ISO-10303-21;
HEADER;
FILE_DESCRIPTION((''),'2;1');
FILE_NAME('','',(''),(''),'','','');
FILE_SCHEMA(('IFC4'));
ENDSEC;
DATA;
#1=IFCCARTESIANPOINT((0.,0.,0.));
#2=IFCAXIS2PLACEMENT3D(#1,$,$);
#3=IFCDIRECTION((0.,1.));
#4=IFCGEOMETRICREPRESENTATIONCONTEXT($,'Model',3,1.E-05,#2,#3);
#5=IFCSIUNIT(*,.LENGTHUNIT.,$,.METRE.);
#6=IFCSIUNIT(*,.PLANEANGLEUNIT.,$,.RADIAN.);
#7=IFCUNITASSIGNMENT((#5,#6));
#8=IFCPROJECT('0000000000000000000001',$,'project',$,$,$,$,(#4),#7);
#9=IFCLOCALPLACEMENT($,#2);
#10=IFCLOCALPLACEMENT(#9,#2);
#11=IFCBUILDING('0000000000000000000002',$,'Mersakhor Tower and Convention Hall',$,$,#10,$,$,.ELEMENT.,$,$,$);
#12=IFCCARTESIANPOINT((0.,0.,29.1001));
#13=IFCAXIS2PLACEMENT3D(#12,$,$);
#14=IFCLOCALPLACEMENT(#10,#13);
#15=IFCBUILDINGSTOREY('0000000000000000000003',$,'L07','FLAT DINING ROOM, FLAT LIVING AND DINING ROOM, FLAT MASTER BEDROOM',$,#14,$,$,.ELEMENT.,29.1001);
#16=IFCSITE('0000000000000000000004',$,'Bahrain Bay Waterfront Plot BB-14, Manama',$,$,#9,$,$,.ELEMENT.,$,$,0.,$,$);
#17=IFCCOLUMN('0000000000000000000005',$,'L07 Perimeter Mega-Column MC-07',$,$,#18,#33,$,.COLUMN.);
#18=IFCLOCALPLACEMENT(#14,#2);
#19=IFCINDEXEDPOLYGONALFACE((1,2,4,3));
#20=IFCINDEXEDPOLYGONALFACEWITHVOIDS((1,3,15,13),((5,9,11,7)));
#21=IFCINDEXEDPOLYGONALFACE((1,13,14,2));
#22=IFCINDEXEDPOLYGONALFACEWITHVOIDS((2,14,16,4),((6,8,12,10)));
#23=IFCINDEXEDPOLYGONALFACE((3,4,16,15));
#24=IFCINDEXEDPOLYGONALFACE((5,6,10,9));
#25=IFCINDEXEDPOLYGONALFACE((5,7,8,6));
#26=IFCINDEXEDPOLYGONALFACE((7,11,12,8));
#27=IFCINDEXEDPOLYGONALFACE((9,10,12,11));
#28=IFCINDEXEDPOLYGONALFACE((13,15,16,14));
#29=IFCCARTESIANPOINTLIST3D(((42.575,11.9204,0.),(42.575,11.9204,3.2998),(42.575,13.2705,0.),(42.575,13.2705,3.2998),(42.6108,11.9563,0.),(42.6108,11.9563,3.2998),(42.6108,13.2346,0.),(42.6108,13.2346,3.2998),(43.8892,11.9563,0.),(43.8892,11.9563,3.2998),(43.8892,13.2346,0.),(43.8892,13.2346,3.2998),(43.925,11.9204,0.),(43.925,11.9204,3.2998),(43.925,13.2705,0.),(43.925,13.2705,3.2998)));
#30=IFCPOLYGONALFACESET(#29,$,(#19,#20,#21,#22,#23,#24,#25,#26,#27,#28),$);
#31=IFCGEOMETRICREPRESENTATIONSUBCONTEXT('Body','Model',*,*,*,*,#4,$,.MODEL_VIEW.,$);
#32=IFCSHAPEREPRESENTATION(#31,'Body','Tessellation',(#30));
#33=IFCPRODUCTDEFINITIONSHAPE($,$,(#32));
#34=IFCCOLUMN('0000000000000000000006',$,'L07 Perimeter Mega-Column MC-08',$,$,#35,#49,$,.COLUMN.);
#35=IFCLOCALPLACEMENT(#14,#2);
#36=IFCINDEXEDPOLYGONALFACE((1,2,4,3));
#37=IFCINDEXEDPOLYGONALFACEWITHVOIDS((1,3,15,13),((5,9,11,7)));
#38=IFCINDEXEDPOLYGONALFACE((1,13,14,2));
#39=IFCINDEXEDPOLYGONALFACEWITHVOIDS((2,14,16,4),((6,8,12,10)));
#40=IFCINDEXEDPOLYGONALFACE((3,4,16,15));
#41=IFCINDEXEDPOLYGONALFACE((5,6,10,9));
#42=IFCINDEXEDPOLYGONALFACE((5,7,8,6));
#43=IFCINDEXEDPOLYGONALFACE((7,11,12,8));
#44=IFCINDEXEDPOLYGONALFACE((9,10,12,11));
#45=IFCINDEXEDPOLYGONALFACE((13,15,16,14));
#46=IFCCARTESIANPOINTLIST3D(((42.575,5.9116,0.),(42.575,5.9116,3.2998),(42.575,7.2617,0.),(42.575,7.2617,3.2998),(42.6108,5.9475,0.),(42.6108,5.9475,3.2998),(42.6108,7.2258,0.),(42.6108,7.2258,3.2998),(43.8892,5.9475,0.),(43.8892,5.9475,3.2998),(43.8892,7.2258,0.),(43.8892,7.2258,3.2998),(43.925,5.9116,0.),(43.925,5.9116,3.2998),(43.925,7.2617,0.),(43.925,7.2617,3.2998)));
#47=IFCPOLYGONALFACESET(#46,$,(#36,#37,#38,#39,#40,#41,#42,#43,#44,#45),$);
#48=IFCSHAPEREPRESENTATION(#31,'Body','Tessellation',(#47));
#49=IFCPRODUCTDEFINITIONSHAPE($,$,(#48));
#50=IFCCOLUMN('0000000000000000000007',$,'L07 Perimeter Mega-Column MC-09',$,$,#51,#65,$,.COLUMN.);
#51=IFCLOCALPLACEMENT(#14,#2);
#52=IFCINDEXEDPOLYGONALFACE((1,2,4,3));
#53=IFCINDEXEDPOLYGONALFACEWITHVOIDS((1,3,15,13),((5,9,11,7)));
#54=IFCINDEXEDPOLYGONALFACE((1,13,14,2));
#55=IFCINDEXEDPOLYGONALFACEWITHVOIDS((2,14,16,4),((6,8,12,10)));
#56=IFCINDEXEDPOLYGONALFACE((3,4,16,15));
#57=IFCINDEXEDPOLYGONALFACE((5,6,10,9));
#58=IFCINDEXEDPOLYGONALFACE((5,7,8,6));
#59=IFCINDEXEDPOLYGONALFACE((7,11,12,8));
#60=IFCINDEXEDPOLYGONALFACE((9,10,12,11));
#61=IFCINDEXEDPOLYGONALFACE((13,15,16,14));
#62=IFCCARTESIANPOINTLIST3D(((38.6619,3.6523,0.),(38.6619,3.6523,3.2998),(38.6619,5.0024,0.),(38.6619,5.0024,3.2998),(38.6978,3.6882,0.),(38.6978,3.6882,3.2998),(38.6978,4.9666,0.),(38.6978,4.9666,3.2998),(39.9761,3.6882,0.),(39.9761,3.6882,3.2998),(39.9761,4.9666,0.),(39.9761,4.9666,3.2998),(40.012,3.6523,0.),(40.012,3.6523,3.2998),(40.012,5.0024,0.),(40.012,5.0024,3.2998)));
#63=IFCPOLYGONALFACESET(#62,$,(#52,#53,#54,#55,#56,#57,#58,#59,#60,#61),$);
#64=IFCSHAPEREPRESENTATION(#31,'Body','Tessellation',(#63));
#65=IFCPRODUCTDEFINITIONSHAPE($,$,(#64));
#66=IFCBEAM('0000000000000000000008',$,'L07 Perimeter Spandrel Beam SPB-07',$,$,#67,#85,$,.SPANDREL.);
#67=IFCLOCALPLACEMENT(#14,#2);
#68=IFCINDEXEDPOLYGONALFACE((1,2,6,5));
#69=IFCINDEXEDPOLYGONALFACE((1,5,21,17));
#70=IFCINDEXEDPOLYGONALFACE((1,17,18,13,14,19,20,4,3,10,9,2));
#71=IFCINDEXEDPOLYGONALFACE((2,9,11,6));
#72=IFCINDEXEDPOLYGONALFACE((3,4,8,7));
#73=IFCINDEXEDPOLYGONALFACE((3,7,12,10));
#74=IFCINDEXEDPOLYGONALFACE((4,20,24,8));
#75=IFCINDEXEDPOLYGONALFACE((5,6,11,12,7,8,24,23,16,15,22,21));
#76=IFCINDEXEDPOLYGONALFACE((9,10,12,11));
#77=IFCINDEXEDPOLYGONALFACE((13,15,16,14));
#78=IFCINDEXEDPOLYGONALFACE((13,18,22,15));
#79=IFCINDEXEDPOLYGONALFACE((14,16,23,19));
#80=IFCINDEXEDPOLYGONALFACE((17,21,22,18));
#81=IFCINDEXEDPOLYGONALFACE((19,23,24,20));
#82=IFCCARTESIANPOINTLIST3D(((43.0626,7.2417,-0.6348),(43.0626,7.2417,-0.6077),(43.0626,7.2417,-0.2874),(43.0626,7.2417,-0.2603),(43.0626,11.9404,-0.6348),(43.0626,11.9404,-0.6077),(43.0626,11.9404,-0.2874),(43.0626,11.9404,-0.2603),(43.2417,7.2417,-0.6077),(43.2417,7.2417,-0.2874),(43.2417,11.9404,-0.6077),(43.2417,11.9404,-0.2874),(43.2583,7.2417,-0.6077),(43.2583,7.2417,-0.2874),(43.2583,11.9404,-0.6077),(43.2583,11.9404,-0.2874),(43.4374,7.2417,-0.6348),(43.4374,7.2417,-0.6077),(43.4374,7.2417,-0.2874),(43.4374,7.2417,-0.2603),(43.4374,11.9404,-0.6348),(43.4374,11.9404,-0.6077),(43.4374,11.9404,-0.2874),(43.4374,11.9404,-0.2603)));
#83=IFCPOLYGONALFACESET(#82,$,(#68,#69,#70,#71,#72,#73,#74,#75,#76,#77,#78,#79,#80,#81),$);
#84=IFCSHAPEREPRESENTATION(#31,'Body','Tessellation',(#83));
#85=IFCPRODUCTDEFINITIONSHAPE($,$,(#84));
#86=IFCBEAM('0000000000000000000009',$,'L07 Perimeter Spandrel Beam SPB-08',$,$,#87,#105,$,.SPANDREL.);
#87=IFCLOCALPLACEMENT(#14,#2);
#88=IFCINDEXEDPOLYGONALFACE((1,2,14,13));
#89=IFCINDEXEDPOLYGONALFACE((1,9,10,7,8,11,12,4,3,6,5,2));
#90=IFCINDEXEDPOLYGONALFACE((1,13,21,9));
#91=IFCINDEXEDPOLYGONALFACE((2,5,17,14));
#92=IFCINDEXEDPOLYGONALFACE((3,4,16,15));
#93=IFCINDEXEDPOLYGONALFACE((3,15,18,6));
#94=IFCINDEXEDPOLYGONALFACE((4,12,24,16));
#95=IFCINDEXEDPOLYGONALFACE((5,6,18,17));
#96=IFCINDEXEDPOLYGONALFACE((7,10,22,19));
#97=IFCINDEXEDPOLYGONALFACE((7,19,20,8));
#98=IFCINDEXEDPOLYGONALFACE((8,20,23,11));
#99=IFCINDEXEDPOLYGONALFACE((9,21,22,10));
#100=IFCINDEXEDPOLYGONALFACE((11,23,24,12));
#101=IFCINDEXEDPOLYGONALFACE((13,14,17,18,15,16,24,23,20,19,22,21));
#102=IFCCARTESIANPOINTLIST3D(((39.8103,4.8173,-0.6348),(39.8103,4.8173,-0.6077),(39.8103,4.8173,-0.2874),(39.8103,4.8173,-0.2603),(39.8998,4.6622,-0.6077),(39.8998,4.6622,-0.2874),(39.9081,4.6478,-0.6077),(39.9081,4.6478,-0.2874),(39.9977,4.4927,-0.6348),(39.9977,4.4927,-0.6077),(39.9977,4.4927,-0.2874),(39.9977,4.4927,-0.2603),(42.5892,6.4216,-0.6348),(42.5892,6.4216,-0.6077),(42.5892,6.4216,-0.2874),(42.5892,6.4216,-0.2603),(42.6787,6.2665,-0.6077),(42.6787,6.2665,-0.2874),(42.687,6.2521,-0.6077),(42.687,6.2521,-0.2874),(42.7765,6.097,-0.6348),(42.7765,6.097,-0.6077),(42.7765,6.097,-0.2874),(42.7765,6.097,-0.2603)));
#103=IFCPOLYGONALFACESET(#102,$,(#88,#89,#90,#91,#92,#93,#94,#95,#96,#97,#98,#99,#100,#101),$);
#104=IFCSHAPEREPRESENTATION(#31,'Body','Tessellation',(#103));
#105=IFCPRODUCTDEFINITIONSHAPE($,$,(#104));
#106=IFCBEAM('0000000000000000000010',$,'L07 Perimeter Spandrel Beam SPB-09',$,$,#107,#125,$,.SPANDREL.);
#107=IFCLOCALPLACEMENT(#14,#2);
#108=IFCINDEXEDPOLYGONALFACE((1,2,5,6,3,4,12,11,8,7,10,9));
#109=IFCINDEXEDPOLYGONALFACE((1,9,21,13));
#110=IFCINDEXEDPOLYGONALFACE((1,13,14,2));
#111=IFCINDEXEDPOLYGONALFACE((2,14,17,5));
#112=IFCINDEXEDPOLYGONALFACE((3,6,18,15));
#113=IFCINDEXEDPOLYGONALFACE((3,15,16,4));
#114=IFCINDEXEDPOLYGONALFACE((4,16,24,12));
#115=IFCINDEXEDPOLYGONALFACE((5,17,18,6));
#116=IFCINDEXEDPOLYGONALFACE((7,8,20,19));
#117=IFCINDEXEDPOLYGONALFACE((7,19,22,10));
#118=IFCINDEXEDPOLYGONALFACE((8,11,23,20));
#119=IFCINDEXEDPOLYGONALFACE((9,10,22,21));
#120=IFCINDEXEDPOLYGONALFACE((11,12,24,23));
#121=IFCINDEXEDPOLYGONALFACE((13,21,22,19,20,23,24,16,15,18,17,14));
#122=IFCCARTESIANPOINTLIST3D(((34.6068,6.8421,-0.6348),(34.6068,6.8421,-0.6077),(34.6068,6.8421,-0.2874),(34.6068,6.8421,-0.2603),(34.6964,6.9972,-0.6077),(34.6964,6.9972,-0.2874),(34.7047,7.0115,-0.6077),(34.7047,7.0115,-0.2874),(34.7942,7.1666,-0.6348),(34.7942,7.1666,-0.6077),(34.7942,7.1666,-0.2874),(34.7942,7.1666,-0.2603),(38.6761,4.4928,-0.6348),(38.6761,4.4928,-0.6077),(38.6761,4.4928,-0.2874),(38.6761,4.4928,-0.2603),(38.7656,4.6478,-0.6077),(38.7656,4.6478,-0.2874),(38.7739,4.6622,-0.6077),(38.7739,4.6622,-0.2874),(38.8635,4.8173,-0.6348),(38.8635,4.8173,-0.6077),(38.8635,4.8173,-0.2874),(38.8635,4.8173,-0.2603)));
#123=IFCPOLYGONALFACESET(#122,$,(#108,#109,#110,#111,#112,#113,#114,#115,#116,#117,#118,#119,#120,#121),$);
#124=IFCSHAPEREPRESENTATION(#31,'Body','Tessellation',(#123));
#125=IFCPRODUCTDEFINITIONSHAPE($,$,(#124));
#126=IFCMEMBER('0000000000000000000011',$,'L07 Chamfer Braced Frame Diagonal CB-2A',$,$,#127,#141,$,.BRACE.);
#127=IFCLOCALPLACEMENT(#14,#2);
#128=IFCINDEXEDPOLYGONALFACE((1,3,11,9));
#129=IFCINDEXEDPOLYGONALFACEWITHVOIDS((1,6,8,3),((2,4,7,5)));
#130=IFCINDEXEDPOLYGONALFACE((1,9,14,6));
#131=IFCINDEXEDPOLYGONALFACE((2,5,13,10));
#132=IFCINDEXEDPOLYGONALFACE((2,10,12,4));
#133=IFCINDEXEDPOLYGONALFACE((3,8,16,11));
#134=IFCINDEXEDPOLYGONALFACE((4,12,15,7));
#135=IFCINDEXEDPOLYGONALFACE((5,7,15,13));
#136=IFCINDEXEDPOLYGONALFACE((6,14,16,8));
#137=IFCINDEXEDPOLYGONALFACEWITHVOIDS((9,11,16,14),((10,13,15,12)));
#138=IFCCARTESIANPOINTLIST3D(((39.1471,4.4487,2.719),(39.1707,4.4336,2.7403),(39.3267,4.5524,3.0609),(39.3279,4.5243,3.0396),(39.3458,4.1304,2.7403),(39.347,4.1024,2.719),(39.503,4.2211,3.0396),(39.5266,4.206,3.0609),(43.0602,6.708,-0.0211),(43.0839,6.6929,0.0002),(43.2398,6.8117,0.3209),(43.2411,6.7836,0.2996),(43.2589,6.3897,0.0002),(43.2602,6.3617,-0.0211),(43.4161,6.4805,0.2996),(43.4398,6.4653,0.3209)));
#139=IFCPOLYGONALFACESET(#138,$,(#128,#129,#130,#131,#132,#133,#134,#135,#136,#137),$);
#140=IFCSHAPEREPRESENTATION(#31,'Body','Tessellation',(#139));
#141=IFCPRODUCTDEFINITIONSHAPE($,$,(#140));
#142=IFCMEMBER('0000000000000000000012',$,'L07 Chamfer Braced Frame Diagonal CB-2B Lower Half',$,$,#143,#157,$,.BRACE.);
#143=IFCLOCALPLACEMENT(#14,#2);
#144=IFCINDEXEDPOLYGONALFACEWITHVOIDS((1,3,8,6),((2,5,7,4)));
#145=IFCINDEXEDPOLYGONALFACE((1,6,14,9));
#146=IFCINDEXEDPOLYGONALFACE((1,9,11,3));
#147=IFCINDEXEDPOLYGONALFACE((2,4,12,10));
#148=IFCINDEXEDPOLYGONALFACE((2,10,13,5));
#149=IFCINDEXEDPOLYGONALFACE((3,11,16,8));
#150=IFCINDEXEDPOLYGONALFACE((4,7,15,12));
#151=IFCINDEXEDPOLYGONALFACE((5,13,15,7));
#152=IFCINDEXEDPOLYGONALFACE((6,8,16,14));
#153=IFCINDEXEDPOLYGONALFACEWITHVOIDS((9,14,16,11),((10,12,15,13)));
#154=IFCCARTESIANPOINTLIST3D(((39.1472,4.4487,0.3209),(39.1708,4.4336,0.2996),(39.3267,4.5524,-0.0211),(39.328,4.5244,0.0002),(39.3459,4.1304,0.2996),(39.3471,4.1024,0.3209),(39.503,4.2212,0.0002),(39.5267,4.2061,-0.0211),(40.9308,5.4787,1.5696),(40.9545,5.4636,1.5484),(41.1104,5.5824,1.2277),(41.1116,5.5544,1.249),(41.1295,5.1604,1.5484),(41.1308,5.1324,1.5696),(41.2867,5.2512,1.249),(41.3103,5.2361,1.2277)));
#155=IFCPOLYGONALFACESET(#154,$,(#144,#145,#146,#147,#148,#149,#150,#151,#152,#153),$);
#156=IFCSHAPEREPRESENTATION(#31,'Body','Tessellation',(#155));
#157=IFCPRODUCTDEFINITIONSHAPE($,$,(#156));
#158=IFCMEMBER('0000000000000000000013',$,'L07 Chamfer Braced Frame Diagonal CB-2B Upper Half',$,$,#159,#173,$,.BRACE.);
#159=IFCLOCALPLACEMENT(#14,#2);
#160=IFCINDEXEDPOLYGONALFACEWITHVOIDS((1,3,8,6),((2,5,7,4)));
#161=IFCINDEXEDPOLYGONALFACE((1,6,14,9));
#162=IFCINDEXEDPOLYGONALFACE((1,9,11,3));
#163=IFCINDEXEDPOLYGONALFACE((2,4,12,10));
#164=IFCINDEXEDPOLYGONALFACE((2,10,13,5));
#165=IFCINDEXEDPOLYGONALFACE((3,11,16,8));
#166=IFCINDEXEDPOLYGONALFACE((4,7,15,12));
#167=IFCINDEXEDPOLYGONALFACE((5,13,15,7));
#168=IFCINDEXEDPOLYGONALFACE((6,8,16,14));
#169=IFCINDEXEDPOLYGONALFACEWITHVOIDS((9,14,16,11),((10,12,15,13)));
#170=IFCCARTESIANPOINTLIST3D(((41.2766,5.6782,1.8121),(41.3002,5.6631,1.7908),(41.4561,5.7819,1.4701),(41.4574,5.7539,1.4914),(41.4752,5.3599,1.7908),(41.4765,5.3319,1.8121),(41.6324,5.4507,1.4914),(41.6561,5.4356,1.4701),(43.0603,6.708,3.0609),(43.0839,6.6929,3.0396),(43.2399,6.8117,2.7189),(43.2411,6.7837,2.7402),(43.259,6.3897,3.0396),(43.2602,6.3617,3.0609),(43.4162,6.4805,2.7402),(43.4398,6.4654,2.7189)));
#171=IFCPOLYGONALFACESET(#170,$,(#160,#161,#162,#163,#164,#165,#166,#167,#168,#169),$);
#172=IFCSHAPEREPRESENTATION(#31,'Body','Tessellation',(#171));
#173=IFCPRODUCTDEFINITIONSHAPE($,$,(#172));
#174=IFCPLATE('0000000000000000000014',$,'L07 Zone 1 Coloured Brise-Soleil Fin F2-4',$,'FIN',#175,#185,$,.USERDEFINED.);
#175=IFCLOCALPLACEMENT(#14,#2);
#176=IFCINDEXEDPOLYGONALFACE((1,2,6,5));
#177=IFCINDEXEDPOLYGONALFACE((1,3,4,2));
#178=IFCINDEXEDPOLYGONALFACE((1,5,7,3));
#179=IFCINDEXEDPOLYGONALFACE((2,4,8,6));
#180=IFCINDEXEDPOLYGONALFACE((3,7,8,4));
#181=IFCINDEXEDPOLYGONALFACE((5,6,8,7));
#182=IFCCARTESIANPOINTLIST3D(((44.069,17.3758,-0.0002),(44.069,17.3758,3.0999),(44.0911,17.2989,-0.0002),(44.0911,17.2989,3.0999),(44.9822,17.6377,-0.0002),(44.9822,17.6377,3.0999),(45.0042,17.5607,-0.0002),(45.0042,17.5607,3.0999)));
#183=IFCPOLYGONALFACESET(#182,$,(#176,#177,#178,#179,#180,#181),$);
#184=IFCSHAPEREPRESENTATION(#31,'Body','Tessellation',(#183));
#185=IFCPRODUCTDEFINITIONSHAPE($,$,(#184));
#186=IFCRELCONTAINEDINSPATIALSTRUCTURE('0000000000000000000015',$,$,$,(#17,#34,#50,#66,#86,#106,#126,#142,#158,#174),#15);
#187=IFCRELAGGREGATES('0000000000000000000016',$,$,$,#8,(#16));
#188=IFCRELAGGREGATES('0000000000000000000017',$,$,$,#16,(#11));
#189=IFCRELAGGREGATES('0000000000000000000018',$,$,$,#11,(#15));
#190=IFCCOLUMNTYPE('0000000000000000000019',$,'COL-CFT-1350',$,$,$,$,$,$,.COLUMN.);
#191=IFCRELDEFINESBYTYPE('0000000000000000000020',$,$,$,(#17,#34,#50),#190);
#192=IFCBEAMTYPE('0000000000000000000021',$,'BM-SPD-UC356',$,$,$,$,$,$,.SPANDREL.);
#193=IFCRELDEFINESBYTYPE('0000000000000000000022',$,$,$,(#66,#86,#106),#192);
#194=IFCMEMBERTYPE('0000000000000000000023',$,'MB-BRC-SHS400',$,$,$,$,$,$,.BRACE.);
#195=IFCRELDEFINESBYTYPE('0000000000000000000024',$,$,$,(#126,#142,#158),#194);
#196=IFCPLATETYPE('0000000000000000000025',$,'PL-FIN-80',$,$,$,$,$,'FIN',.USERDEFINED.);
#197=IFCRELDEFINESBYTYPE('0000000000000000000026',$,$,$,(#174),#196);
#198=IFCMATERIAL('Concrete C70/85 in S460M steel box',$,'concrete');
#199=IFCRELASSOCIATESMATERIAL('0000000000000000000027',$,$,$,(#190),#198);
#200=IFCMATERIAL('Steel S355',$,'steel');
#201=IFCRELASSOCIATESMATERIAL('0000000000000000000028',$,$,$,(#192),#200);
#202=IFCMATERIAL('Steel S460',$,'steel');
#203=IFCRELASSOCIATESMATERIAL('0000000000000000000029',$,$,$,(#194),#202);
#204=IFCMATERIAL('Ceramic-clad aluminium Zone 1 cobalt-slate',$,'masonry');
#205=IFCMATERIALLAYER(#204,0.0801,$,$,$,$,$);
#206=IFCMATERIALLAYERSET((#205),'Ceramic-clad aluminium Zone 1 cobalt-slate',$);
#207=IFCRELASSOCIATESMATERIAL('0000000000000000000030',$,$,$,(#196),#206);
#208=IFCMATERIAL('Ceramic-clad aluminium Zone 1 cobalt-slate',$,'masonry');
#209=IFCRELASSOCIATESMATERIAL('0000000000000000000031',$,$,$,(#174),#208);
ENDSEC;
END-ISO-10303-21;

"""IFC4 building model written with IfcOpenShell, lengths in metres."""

from ifc_helpers import new_model, si_unit, direction, frame, origin, origin_2d, place, context, subcontext, project, spatial, rectangle, hollow_rectangle, i_section, extrude, material, layer, layer_set, material_profile, profile_set, type_object, element, save


model = new_model("IFC4")

# Units and contexts
model_context = context("Model", 3, precision=1e-05, world=origin(), true_north=direction((0.0, 1.0)))
body_context = subcontext(model_context, "Body", "Model", "MODEL_VIEW")
ifc_project = project(units=[si_unit("LENGTHUNIT", "METRE"), si_unit("PLANEANGLEUNIT", "RADIAN")], contexts=[model_context])

# Site, building, storey
site_placement = place(None, origin())
site = spatial("IfcSite", under=ifc_project, at=site_placement, Name="Bahrain Bay Waterfront Plot BB-14, Manama", CompositionType="ELEMENT", RefElevation=0.0)
building_placement = place(site_placement, origin())
building = spatial("IfcBuilding", under=site, at=building_placement, Name="Mersakhor Tower and Convention Hall", CompositionType="ELEMENT")
storey_placement = place(building_placement, frame((0.0, 0.0, 29.1001)))
storey = spatial("IfcBuildingStorey", under=building, at=storey_placement, Name="L07", Description="FLAT DINING ROOM, FLAT LIVING AND DINING ROOM, FLAT MASTER BEDROOM", CompositionType="ELEMENT", Elevation=29.1001)

# Columns
ifc_material_1 = material(Name="Concrete C70/85 in S460M steel box", Category="concrete")
ifc_material_profile_1 = material_profile(ifc_material_1, hollow_rectangle(XDim=1.3501, YDim=1.3501, WallThickness=0.0359, at=origin_2d()), Name="SHS 1350x1350x36")
ifc_profile_set_1 = profile_set([ifc_material_profile_1], Name="Concrete C70/85 in S460M steel box")
column_type = type_object("IfcColumnType", Name="COL-CFT-1350", PredefinedType="COLUMN", material=ifc_profile_set_1)
for number, where, z_axis, x_axis, name in (
    (1, (43.25, 12.5955, 0.0), (0.0, 0.0, 1.0), (1.0, 0.0, 0.0), "L07 Perimeter Mega-Column MC-07"),
    (2, (43.25, 6.5867, 0.0), (0.0, 0.0, 1.0), (1.0, 0.0, 0.0), "L07 Perimeter Mega-Column MC-08"),
    (3, (39.3369, 4.3274, 0.0), (0.0, 0.0, 1.0), (1.0, 0.0, 0.0), "L07 Perimeter Mega-Column MC-09"),
):
    element("IfcColumn", number, at=place(storey_placement, frame(where, z_axis=z_axis, x_axis=x_axis)), inside=storey, type_object=column_type, Name=name, PredefinedType="COLUMN", context=body_context, shape_type="SweptSolid", body=[
        extrude(hollow_rectangle(XDim=1.3501, YDim=1.3501, WallThickness=0.0359, at=origin_2d()), origin(), (0.0, 0.0, 1.0), 3.2998),
    ])

# Beams
ifc_material_2 = material(Name="Steel S355", Category="steel")
ifc_material_profile_2 = material_profile(ifc_material_2, i_section(OverallWidth=0.3748, OverallDepth=0.3745, WebThickness=0.0166, FlangeThickness=0.0271, at=origin_2d()), Name="UC 356x368x202")
ifc_profile_set_2 = profile_set([ifc_material_profile_2], Name="Steel S355")
beam_type = type_object("IfcBeamType", Name="BM-SPD-UC356", PredefinedType="SPANDREL", material=ifc_profile_set_2)
beam_1_placement = place(storey_placement, frame((43.25, 11.9404, -0.4475), z_axis=(0.0, -1.0, 0.0), x_axis=(1.0, 0.0, 0.0)))
element("IfcBeam", 4, at=beam_1_placement, inside=storey, type_object=beam_type, Name="L07 Perimeter Spandrel Beam SPB-07", PredefinedType="SPANDREL", context=body_context, shape_type="SweptSolid", body=[
    extrude(i_section(OverallWidth=0.3748, OverallDepth=0.3745, WebThickness=0.0166, FlangeThickness=0.0271, at=origin_2d()), origin(), (0.0, 0.0, 1.0), 4.6987),
])
beam_2_placement = place(storey_placement, frame((42.6829, 6.2593, -0.4475), z_axis=(-0.866039, -0.499977, 0.0), x_axis=(0.499977, -0.866039, 0.0)))
element("IfcBeam", 5, at=beam_2_placement, inside=storey, type_object=beam_type, Name="L07 Perimeter Spandrel Beam SPB-08", PredefinedType="SPANDREL", context=body_context, shape_type="SweptSolid", body=[
    extrude(i_section(OverallWidth=0.3748, OverallDepth=0.3745, WebThickness=0.0166, FlangeThickness=0.0271, at=origin_2d()), origin(), (0.0, 0.0, 1.0), 3.2087),
])
beam_3_placement = place(storey_placement, frame((38.7698, 4.655, -0.4475), z_axis=(-0.866032, 0.499989, 0.0), x_axis=(-0.499989, -0.866032, 0.0)))
element("IfcBeam", 6, at=beam_3_placement, inside=storey, type_object=beam_type, Name="L07 Perimeter Spandrel Beam SPB-09", PredefinedType="SPANDREL", context=body_context, shape_type="SweptSolid", body=[
    extrude(i_section(OverallWidth=0.3748, OverallDepth=0.3745, WebThickness=0.0166, FlangeThickness=0.0271, at=origin_2d()), origin(), (0.0, 0.0, 1.0), 4.6987),
])

# Members
ifc_material_3 = material(Name="Steel S460", Category="steel")
ifc_material_profile_3 = material_profile(ifc_material_3, hollow_rectangle(XDim=0.3999, YDim=0.3999, WallThickness=0.0249, at=origin_2d()), Name="SHS 400x400x25")
ifc_profile_set_3 = profile_set([ifc_material_profile_3], Name="Steel S460")
member_type = type_object("IfcMemberType", Name="MB-BRC-SHS400", PredefinedType="BRACE", material=ifc_profile_set_3)
member_placement = place(storey_placement, frame((43.25, 6.5867, 0.1499), z_axis=(-0.740508, -0.427543, 0.518513), x_axis=(0.500009, -0.86602, 0.0)))
element("IfcMember", 7, at=member_placement, inside=storey, type_object=member_type, Name="L07 Chamfer Braced Frame Diagonal CB-2A", PredefinedType="BRACE", context=body_context, shape_type="SweptSolid", body=[
    extrude(hollow_rectangle(XDim=0.3999, YDim=0.3999, WallThickness=0.0249, at=origin_2d()), origin(), (0.0, 0.0, 1.0), 5.2844),
])
for number, where, z_axis, x_axis, name in (
    (8, (39.3369, 4.3274, 0.1499), (0.740512, 0.427624, 0.51844), (-0.500078, 0.86598, 0.0), "L07 Chamfer Braced Frame Diagonal CB-2B Lower Half"),
    (9, (41.4663, 5.5569, 1.6411), (0.740544, 0.427541, 0.518462), (-0.499989, 0.866032, 0.0), "L07 Chamfer Braced Frame Diagonal CB-2B Upper Half"),
):
    element("IfcMember", number, at=place(storey_placement, frame(where, z_axis=z_axis, x_axis=x_axis)), inside=storey, type_object=member_type, Name=name, PredefinedType="BRACE", context=body_context, shape_type="SweptSolid", body=[
        extrude(hollow_rectangle(XDim=0.3999, YDim=0.3999, WallThickness=0.0249, at=origin_2d()), origin(), (0.0, 0.0, 1.0), 2.4087),
    ])

# Plate
ifc_material_4 = material(Name="Ceramic-clad aluminium Zone 1 cobalt-slate", Category="masonry")
ifc_material_5 = material(Name="Ceramic-clad aluminium Zone 1 cobalt-slate", Category="masonry")
ifc_layer_1 = layer(ifc_material_5, 0.0801)
ifc_layer_set_1 = layer_set([ifc_layer_1], Name="Ceramic-clad aluminium Zone 1 cobalt-slate")
plate_type_1 = type_object("IfcPlateType", Name="PL-FIN-80", ElementType="FIN", PredefinedType="USERDEFINED", material=ifc_layer_set_1)
plate_1_placement = place(storey_placement, frame((44.5366, 17.4683, -0.0002), z_axis=(0.0, 0.0, 1.0), x_axis=(0.961262, 0.275637, 0.0)))
element("IfcPlate", 10, at=plate_1_placement, inside=storey, type_object=plate_type_1, material=ifc_material_4, Name="L07 Zone 1 Coloured Brise-Soleil Fin F2-4", ObjectType="FIN", PredefinedType="USERDEFINED", context=body_context, shape_type="SweptSolid", body=[
    extrude(rectangle(XDim=0.95, YDim=0.0801, at=origin_2d()), origin(), (0.0, 0.0, 1.0), 3.1001),
])

save(model, "model.ifc")
